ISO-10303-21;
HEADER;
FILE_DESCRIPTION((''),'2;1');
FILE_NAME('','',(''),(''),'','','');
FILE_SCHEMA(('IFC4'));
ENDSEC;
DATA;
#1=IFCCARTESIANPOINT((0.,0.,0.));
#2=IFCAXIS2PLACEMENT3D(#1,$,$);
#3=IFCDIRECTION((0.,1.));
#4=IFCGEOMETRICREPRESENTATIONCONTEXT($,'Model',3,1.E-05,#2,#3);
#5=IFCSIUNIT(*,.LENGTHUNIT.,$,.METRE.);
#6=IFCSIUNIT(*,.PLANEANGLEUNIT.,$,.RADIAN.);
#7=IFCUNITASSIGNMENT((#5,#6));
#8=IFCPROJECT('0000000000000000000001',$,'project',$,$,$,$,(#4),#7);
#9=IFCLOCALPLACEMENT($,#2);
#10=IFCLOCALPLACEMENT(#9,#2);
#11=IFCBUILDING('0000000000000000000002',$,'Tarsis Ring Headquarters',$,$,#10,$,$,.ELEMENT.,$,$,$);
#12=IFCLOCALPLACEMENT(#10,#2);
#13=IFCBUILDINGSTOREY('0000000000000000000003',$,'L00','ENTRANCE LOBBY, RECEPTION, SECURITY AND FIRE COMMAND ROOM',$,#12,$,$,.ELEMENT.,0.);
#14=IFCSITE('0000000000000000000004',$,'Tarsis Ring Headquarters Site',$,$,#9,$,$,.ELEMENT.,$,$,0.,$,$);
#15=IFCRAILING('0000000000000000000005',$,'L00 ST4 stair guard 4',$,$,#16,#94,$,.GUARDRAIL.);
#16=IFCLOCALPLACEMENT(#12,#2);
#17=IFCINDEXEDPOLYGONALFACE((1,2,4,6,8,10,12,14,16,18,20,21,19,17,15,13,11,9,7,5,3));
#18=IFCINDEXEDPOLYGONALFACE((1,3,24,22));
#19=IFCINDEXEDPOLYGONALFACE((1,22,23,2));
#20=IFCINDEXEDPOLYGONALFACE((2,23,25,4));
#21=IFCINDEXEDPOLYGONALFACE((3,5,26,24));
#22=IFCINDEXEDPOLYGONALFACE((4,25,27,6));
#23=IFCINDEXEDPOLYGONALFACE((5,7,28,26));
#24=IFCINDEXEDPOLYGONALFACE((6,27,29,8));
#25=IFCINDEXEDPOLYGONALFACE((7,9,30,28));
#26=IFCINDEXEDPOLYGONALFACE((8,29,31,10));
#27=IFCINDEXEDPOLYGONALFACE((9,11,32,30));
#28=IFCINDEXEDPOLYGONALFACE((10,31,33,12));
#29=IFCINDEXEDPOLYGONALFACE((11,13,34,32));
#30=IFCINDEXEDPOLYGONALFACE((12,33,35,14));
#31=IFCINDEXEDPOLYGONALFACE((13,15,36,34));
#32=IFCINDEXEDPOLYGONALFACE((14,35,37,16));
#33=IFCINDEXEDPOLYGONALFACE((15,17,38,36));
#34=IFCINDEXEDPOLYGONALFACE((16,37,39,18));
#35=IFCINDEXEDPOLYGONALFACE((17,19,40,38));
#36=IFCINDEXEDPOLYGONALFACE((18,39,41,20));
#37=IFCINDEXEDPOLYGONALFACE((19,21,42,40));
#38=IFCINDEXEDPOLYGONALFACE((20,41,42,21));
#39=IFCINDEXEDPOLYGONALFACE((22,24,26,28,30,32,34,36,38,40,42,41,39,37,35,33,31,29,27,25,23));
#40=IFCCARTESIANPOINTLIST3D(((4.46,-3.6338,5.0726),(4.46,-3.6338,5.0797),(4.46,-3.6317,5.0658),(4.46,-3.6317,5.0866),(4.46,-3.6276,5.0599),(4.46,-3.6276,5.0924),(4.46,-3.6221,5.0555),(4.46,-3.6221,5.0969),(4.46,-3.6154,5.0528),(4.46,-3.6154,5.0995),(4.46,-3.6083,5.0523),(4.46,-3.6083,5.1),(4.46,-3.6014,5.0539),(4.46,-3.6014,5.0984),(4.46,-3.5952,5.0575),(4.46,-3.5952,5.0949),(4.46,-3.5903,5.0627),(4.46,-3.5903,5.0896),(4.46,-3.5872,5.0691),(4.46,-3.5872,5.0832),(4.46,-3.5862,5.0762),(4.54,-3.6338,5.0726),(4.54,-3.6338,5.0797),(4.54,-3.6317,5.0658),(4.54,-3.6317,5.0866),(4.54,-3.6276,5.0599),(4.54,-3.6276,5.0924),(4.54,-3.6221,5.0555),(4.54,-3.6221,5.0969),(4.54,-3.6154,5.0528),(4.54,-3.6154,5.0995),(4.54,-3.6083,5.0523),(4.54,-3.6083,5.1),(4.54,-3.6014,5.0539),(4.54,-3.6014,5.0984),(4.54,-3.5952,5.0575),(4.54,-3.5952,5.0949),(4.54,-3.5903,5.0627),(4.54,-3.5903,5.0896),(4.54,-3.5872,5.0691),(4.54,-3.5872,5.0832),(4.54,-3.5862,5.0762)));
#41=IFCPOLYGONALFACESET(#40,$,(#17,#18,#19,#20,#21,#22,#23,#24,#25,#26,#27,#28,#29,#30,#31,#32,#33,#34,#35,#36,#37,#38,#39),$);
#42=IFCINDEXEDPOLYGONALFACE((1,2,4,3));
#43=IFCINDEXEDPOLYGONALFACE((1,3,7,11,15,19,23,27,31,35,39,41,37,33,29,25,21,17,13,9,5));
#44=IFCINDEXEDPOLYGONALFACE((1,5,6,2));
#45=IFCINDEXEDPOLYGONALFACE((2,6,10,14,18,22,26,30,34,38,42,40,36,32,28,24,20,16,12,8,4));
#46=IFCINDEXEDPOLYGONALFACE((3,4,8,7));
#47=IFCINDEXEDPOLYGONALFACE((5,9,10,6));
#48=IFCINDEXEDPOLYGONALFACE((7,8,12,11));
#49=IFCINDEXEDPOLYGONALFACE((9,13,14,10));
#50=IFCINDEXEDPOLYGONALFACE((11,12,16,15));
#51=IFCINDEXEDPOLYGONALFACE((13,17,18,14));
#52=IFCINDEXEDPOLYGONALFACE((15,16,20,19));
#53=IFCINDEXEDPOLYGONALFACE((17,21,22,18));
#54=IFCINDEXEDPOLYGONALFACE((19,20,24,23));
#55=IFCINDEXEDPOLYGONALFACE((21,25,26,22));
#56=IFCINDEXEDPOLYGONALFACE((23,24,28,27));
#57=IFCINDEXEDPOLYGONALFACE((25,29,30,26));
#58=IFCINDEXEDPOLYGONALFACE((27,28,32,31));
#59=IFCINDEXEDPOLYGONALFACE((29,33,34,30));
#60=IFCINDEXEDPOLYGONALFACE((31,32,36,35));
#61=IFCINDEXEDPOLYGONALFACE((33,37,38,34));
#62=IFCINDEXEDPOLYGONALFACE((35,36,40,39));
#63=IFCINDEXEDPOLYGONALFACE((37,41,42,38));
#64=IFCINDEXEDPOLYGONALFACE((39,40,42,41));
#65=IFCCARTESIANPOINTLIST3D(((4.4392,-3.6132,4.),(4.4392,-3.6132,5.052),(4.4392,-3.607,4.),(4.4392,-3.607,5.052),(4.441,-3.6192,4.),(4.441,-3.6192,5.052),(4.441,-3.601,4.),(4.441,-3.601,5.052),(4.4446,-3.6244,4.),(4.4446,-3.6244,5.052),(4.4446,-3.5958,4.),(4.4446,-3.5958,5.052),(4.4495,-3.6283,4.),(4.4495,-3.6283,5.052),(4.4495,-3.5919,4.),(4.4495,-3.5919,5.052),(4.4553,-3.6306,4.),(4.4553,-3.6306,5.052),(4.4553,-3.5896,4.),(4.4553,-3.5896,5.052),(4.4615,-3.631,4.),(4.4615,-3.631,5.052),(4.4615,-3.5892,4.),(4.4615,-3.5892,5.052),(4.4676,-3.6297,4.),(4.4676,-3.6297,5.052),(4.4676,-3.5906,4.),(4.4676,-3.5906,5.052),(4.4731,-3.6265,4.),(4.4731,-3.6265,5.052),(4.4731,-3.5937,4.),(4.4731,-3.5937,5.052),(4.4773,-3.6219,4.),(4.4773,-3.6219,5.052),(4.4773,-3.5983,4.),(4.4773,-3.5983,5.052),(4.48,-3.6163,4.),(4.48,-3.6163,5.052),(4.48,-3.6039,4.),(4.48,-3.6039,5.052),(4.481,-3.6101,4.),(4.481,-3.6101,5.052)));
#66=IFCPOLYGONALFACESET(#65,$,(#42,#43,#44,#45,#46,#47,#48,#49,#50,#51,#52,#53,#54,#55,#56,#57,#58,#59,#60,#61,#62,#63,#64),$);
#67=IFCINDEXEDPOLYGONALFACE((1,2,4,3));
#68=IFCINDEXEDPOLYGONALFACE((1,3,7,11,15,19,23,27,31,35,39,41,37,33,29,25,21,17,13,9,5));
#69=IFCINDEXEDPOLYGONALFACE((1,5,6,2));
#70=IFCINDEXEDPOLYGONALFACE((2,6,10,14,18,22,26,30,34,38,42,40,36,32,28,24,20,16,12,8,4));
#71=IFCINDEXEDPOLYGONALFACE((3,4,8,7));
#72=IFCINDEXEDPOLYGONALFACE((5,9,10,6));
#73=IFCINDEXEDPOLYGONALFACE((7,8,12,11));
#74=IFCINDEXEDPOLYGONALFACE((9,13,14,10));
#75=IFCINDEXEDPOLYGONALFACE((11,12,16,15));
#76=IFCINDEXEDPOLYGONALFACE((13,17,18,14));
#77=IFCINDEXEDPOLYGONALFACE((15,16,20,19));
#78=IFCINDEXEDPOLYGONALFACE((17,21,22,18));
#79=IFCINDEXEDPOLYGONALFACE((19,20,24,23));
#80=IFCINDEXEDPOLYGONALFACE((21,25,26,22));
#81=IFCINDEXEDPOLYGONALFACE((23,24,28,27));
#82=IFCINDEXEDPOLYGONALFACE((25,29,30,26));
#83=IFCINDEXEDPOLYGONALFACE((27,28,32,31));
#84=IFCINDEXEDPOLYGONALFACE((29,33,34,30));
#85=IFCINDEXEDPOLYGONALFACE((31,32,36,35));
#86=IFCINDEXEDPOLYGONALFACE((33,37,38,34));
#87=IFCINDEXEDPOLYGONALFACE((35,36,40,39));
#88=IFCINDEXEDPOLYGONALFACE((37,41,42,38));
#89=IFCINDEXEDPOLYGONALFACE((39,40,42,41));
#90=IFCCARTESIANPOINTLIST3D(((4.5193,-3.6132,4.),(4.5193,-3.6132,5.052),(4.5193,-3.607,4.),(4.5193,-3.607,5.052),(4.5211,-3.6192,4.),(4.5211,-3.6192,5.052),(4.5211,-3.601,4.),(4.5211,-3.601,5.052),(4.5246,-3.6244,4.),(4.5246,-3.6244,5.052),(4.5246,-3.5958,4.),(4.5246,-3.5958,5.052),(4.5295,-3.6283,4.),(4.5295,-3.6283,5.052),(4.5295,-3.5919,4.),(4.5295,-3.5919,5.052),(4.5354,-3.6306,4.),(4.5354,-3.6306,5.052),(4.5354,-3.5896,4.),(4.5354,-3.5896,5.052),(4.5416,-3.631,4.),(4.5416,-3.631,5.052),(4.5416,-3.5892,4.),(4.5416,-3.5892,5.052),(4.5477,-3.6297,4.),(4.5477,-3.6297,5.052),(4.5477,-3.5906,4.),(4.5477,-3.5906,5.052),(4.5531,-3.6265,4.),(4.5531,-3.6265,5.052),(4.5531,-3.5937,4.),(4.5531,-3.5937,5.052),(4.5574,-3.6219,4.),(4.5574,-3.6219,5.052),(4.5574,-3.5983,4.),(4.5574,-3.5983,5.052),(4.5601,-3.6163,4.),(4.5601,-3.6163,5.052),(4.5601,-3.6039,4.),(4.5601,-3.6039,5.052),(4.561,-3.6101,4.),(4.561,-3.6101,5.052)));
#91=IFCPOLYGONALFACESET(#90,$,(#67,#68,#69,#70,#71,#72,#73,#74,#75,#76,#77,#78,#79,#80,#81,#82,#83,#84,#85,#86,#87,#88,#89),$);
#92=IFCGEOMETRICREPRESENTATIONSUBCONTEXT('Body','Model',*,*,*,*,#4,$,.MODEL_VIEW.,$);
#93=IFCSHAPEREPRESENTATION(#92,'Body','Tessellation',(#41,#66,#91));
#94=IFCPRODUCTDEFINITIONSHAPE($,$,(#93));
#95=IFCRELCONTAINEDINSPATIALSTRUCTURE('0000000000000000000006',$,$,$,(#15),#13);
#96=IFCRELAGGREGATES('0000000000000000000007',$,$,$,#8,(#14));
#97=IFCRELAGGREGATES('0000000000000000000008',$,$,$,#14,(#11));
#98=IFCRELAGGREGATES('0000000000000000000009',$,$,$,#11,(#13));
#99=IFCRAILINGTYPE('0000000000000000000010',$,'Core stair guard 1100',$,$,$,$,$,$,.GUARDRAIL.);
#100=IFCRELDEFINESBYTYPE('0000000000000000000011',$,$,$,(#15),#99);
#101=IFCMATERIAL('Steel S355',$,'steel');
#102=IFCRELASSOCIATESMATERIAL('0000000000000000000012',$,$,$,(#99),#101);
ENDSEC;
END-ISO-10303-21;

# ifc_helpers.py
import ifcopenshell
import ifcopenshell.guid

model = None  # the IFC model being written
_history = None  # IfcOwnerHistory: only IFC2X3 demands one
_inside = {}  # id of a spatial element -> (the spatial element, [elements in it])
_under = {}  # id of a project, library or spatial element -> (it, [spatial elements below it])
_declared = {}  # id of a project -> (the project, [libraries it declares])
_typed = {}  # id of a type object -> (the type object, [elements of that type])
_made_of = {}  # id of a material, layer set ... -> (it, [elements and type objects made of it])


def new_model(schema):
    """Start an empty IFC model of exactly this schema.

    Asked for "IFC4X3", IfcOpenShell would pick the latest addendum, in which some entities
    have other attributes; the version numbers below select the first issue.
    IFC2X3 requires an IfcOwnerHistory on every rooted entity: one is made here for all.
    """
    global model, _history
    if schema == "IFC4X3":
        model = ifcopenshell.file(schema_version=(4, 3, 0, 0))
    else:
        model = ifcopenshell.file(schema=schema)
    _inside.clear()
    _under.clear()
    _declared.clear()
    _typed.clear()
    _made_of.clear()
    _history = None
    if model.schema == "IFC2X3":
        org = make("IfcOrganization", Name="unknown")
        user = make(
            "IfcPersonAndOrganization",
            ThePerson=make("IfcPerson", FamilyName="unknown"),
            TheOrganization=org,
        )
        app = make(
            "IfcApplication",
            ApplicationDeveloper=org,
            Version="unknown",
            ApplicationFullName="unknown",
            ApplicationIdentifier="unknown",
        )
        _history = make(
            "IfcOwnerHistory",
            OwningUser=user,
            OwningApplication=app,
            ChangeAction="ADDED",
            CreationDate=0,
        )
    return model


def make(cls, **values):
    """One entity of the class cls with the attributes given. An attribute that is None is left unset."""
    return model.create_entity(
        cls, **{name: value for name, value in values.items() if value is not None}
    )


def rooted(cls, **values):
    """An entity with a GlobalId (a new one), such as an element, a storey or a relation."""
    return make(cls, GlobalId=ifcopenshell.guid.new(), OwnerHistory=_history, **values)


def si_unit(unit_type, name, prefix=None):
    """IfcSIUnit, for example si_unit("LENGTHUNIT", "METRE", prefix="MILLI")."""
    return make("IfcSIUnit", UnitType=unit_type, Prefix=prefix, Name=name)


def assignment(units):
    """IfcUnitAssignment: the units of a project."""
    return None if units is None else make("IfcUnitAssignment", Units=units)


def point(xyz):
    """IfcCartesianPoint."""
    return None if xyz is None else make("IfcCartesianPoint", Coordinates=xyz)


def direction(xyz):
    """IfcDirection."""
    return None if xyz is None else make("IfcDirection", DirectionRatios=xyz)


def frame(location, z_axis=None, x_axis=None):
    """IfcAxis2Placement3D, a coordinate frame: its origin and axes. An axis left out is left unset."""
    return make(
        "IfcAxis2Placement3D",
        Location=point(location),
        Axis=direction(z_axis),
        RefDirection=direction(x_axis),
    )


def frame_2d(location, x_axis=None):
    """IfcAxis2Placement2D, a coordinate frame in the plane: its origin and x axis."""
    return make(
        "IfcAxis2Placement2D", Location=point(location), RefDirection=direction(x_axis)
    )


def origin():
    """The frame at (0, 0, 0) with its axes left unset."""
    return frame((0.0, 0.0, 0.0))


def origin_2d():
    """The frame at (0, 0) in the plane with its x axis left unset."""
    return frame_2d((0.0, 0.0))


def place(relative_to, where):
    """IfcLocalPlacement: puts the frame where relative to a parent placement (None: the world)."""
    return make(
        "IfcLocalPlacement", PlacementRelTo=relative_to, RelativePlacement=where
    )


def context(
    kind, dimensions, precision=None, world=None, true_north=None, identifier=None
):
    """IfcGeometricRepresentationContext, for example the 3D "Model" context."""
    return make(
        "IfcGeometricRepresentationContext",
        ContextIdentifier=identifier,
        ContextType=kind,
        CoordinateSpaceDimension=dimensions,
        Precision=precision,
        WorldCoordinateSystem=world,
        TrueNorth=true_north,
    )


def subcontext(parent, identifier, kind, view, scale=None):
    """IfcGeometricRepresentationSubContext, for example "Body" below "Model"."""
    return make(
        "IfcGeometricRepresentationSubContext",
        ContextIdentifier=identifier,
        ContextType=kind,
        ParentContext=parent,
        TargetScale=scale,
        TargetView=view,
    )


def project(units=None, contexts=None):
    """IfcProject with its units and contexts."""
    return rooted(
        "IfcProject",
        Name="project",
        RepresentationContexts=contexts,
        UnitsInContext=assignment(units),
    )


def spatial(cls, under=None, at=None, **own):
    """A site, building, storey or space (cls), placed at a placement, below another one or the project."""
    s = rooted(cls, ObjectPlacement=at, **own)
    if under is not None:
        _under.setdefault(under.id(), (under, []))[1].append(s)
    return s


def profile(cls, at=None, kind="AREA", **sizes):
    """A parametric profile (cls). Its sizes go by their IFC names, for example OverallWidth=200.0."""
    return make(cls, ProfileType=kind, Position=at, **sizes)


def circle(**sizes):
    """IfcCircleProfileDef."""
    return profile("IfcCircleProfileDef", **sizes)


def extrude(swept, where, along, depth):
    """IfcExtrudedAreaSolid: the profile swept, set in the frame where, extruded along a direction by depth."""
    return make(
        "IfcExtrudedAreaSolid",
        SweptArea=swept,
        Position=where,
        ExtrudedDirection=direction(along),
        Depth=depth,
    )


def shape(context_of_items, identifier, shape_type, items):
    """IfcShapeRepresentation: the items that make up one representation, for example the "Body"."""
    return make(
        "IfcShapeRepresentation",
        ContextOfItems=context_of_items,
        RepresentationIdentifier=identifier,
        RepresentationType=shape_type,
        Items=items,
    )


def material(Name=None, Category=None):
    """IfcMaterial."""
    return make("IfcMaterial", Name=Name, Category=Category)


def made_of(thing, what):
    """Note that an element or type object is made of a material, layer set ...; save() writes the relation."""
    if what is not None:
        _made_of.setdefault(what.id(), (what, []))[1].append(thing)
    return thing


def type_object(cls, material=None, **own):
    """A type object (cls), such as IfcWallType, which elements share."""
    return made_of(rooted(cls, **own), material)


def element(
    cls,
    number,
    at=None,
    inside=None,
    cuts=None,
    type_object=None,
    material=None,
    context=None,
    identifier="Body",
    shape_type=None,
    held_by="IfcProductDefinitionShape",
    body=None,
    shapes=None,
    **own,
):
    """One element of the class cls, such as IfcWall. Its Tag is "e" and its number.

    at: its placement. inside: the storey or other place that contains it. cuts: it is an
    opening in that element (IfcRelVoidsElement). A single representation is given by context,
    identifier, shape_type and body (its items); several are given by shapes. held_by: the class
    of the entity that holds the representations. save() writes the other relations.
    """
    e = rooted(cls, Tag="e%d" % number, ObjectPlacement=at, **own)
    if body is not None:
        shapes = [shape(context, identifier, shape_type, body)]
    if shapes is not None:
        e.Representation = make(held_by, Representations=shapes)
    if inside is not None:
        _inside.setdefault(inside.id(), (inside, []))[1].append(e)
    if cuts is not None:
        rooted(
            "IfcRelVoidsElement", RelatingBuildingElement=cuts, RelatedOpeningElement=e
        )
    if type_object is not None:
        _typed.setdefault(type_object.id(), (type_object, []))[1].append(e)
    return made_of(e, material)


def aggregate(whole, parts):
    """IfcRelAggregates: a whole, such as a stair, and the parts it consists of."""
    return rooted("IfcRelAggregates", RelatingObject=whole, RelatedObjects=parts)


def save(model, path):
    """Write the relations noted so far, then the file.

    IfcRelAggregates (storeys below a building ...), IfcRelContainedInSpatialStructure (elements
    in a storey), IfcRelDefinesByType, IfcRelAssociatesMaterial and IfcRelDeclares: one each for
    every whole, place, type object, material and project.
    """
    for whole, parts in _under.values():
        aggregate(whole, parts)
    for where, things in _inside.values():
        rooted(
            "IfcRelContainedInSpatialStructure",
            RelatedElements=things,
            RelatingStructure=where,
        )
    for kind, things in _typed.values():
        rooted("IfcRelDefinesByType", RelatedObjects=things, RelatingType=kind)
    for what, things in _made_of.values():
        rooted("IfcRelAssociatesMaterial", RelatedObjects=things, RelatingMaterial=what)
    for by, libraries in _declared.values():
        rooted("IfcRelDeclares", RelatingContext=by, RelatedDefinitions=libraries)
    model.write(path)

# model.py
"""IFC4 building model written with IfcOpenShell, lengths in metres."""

from ifc_helpers import new_model, si_unit, direction, frame, origin, origin_2d, place, context, subcontext, project, spatial, circle, extrude, material, type_object, element, save


model = new_model("IFC4")

# Units and contexts
model_context = context("Model", 3, precision=1e-05, world=origin(), true_north=direction((0.0, 1.0)))
body_context = subcontext(model_context, "Body", "Model", "MODEL_VIEW")
ifc_project = project(units=[si_unit("LENGTHUNIT", "METRE"), si_unit("PLANEANGLEUNIT", "RADIAN")], contexts=[model_context])

# Site, building, storey
site_placement = place(None, origin())
site = spatial("IfcSite", under=ifc_project, at=site_placement, Name="Tarsis Ring Headquarters Site", CompositionType="ELEMENT", RefElevation=0.0)
building_placement = place(site_placement, origin())
building = spatial("IfcBuilding", under=site, at=building_placement, Name="Tarsis Ring Headquarters", CompositionType="ELEMENT")
storey_placement = place(building_placement, origin())
storey = spatial("IfcBuildingStorey", under=building, at=storey_placement, Name="L00", Description="ENTRANCE LOBBY, RECEPTION, SECURITY AND FIRE COMMAND ROOM", CompositionType="ELEMENT", Elevation=0.0)

# Railing
ifc_material_1 = material(Name="Steel S355", Category="steel")
railing_type_1 = type_object("IfcRailingType", Name="Core stair guard 1100", PredefinedType="GUARDRAIL", material=ifc_material_1)
railing_1_placement = place(storey_placement, frame((4.46, -3.6101, 4.0)))
element("IfcRailing", 1, at=railing_1_placement, inside=storey, type_object=railing_type_1, Name="L00 ST4 stair guard 4", PredefinedType="GUARDRAIL", context=body_context, shape_type="SweptSolid", body=[
    extrude(circle(Radius=0.0239, at=origin_2d()), frame((0.0, 0.0, 1.0762), z_axis=(1.0, 0.0, 0.0), x_axis=(0.0, 1.0, 0.0)), (0.0, 0.0, 1.0), 0.0801),
    extrude(circle(Radius=0.021, at=origin_2d()), origin(), (0.0, 0.0, 1.0), 1.052),
    extrude(circle(Radius=0.021, at=origin_2d()), frame((0.0801, 0.0, 0.0)), (0.0, 0.0, 1.0), 1.052),
])

save(model, "model.ifc")
